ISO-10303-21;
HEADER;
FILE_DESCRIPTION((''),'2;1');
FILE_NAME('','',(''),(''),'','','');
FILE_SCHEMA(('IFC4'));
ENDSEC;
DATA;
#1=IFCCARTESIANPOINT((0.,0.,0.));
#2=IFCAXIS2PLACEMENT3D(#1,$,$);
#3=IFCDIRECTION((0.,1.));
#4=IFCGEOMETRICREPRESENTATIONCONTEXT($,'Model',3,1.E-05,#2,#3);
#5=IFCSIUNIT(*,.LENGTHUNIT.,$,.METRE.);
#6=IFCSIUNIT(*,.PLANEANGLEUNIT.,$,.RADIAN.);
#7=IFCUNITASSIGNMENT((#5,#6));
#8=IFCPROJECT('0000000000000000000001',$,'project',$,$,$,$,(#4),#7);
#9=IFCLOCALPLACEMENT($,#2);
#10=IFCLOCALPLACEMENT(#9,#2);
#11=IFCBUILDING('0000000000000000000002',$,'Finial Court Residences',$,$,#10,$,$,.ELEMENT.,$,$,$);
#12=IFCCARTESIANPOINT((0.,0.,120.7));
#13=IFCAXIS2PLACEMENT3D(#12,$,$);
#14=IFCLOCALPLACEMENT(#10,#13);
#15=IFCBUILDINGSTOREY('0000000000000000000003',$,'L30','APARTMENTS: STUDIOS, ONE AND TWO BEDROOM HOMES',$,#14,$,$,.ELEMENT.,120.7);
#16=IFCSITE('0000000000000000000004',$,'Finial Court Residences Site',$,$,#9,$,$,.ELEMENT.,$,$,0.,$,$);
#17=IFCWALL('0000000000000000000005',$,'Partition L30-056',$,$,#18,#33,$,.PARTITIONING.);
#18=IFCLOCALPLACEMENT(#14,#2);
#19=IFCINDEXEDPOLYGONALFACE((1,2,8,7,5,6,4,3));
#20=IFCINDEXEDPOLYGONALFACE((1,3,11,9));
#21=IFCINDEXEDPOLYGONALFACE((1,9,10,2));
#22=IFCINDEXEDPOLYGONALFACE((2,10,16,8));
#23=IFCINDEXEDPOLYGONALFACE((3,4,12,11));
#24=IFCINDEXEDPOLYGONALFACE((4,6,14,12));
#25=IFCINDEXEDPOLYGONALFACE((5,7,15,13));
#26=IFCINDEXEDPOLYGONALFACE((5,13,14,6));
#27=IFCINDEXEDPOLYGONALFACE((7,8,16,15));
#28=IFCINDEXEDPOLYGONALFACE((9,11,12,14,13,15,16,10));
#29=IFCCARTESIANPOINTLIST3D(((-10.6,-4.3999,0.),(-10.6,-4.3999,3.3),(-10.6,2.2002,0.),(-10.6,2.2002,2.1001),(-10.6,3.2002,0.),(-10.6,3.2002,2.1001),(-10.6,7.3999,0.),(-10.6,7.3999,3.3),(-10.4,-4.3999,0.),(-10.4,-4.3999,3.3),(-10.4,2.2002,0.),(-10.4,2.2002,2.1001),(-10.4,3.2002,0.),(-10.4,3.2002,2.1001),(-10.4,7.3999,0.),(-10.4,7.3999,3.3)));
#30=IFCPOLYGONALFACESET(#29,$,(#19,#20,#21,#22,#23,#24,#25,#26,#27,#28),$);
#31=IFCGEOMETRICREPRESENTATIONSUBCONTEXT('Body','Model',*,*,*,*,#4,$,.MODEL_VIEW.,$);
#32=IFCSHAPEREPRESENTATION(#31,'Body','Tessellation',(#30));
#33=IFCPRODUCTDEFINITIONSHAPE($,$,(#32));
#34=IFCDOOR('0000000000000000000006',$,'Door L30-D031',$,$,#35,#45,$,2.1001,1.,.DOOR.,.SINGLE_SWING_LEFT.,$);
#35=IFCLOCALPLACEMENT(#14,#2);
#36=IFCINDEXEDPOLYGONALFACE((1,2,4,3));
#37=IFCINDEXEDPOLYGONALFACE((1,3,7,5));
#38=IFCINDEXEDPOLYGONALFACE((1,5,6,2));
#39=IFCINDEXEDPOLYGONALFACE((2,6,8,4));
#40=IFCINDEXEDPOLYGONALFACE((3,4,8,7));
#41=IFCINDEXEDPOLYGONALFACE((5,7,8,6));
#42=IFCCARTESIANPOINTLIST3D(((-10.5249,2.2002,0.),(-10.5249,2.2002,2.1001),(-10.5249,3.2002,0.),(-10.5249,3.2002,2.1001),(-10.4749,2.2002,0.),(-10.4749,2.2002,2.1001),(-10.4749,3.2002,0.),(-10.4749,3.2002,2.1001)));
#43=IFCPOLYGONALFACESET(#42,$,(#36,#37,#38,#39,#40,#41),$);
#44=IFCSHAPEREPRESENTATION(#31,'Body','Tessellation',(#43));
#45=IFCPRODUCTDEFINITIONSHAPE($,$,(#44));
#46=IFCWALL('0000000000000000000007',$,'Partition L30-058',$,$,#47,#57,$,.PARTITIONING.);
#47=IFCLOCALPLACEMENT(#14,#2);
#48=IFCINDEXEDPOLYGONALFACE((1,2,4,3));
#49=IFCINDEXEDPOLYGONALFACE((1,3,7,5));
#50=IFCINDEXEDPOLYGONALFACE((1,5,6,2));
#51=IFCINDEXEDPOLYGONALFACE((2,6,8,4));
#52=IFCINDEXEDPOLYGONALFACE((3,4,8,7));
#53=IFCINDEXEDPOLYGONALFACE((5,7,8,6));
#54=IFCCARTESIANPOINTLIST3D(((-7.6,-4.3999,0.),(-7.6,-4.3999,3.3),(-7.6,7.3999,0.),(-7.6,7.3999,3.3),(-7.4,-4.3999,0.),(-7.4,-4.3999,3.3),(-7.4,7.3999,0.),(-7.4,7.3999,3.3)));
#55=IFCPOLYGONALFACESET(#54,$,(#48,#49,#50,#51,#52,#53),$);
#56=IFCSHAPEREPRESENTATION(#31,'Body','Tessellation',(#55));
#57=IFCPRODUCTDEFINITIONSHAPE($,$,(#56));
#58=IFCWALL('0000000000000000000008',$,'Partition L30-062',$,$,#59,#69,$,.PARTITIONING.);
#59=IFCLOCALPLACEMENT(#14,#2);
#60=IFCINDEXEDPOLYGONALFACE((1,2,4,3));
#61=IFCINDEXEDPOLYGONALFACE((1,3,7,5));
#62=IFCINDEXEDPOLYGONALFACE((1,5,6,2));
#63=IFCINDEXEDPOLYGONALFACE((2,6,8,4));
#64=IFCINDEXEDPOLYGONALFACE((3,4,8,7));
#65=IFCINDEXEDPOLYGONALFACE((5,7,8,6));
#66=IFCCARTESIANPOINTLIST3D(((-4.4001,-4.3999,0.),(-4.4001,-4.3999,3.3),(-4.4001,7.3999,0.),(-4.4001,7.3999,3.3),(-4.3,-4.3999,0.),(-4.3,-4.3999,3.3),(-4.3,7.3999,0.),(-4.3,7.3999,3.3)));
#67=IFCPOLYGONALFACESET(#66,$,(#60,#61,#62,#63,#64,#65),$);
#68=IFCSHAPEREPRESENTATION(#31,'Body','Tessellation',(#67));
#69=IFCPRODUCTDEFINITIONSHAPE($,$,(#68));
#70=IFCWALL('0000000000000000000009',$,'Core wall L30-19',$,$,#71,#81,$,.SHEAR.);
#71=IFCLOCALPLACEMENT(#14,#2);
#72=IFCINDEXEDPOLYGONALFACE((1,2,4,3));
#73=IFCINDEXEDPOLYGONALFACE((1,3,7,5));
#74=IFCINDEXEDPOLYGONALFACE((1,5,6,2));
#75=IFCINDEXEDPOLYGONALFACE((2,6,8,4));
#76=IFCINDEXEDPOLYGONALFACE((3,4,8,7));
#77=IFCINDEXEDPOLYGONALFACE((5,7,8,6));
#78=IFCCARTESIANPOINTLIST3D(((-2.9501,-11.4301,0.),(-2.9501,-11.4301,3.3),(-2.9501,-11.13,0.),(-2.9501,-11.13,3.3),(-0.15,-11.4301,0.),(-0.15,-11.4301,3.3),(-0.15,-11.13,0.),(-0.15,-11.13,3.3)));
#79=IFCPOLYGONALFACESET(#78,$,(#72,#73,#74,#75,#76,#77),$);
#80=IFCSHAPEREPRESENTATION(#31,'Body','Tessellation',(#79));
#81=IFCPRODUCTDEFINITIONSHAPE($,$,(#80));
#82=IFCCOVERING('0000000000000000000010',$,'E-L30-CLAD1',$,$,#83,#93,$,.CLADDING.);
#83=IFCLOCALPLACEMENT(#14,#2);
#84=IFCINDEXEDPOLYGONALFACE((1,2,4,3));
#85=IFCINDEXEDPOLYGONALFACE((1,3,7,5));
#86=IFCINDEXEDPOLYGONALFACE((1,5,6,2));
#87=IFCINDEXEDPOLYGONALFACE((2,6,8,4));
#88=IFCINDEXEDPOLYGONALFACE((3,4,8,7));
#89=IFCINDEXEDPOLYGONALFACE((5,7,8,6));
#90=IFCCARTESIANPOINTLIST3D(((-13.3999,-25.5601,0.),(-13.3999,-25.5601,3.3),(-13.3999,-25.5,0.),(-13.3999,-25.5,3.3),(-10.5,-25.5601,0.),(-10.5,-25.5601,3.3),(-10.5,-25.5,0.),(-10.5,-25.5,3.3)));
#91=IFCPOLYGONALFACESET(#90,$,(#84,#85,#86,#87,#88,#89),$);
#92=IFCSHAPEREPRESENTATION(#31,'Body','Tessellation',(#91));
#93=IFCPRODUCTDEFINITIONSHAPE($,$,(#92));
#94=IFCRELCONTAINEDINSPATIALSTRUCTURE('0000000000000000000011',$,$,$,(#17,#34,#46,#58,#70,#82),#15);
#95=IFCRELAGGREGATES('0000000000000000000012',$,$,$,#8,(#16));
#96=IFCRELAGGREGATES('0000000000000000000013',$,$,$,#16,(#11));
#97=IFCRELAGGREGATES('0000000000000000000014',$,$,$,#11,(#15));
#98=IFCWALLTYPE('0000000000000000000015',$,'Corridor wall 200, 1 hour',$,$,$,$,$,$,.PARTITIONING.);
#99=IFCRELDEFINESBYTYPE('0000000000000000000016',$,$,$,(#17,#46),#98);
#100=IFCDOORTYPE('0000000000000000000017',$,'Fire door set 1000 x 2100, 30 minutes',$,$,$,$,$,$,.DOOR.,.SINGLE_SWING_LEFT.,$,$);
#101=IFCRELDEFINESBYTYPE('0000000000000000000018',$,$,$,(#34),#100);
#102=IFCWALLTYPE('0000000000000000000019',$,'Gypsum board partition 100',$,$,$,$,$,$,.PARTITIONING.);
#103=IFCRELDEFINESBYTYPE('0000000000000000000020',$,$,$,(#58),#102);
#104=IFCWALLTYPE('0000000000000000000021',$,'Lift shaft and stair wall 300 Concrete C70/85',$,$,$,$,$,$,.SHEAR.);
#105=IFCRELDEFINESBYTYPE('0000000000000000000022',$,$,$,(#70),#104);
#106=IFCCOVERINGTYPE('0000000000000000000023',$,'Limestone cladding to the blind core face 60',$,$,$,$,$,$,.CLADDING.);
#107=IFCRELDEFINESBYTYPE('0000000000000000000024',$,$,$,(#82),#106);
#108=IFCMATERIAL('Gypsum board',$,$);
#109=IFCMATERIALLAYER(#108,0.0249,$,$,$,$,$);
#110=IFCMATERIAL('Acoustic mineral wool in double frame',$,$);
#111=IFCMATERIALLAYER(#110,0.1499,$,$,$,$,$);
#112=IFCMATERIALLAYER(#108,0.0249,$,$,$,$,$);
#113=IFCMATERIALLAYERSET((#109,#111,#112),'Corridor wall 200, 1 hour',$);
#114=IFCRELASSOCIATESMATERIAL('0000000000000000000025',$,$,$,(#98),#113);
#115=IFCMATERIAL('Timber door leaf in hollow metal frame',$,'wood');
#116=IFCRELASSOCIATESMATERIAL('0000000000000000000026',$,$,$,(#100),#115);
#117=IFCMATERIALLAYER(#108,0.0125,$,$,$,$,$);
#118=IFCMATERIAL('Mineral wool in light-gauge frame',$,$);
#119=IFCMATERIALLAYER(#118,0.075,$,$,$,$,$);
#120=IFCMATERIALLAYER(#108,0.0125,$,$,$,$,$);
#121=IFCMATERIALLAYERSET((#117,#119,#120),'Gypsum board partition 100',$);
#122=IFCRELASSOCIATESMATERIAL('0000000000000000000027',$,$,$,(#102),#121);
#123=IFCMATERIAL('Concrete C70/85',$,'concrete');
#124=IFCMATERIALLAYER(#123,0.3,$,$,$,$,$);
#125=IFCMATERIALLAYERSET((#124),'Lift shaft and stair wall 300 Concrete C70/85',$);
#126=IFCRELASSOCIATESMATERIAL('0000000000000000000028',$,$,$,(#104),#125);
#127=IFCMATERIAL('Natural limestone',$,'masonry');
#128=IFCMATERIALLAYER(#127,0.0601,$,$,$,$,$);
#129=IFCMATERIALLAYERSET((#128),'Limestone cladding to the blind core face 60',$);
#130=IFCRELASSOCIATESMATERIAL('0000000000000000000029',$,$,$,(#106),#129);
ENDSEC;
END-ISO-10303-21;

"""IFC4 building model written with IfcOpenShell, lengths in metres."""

from ifc_helpers import new_model, si_unit, direction, frame, frame_2d, origin, place, context, subcontext, project, spatial, polyline, rectangle, outline, extrude, material, layer, layer_set, type_object, element, fill, save


model = new_model("IFC4")

# Units and contexts
model_context = context("Model", 3, precision=1e-05, world=origin(), true_north=direction((0.0, 1.0)))
body_context = subcontext(model_context, "Body", "Model", "MODEL_VIEW")
ifc_project = project(units=[si_unit("LENGTHUNIT", "METRE"), si_unit("PLANEANGLEUNIT", "RADIAN")], contexts=[model_context])

# Site, building, storey
site_placement = place(None, origin())
site = spatial("IfcSite", under=ifc_project, at=site_placement, Name="Finial Court Residences Site", CompositionType="ELEMENT", RefElevation=0.0)
building_placement = place(site_placement, origin())
building = spatial("IfcBuilding", under=site, at=building_placement, Name="Finial Court Residences", CompositionType="ELEMENT")
storey_placement = place(building_placement, frame((0.0, 0.0, 120.7)))
storey = spatial("IfcBuildingStorey", under=building, at=storey_placement, Name="L30", Description="APARTMENTS: STUDIOS, ONE AND TWO BEDROOM HOMES", CompositionType="ELEMENT", Elevation=120.7)

# Shared definitions
ifc_material_1 = material(Name="Concrete C70/85", Category="concrete")

# Shared definitions
ifc_material_2 = material(Name="Gypsum board")
ifc_layer_1 = layer(ifc_material_2, 0.0249)
ifc_material_3 = material(Name="Acoustic mineral wool in double frame")
ifc_layer_2 = layer(ifc_material_3, 0.1499)
ifc_layer_3 = layer(ifc_material_2, 0.0249)
ifc_layer_set_1 = layer_set([ifc_layer_1, ifc_layer_2, ifc_layer_3], Name="Corridor wall 200, 1 hour")
wall_type_1 = type_object("IfcWallType", Name="Corridor wall 200, 1 hour", PredefinedType="PARTITIONING", material=ifc_layer_set_1)
ifc_material_4 = material(Name="Timber door leaf in hollow metal frame", Category="wood")

# Wall, opening, door
wall_1_placement = place(storey_placement, frame((-10.5, -4.3999, 0.0), z_axis=(0.0, 0.0, 1.0), x_axis=(0.0, 1.0, 0.0)))
wall_1 = element("IfcWall", 1, at=wall_1_placement, inside=storey, type_object=wall_type_1, Name="Partition L30-056", PredefinedType="PARTITIONING", context=body_context, shape_type="SweptSolid", body=[
    extrude(rectangle(XDim=11.7998, YDim=0.2, at=frame_2d((5.8999, 0.0))), origin(), (0.0, 0.0, 1.0), 3.3),
])
opening_1_placement = place(wall_1_placement, frame((6.6001, 0.0, 0.0)))
opening_1 = element("IfcOpeningElement", 2, at=opening_1_placement, cuts=wall_1, PredefinedType="OPENING", context=body_context, shape_type="SweptSolid", body=[
    extrude(rectangle(XDim=1.0, YDim=2.1001, at=frame_2d((0.5, 1.05))), frame((0.0, 0.1099, 0.0), z_axis=(0.0, -1.0, 0.0), x_axis=(1.0, 0.0, 0.0)), (0.0, 0.0, 1.0), 0.22),
])
door_type_1 = type_object("IfcDoorType", Name="Fire door set 1000 x 2100, 30 minutes", OperationType="SINGLE_SWING_LEFT", PredefinedType="DOOR", material=ifc_material_4)
door_1_placement = place(opening_1_placement, origin())
door_1 = element("IfcDoor", 3, at=door_1_placement, inside=storey, type_object=door_type_1, Name="Door L30-D031", OperationType="SINGLE_SWING_LEFT", OverallHeight=2.1001, OverallWidth=1.0, PredefinedType="DOOR", context=body_context, shape_type="SweptSolid", body=[
    extrude(rectangle(XDim=1.0, YDim=2.1001, at=frame_2d((0.5, 1.05))), frame((0.0, 0.0249, 0.0), z_axis=(0.0, -1.0, 0.0), x_axis=(1.0, 0.0, 0.0)), (0.0, 0.0, 1.0), 0.05),
])
fill(opening_1, door_1)

# Walls
wall_2_placement = place(storey_placement, frame((-7.5, -4.3999, 0.0), z_axis=(0.0, 0.0, 1.0), x_axis=(0.0, 1.0, 0.0)))
element("IfcWall", 4, at=wall_2_placement, inside=storey, type_object=wall_type_1, Name="Partition L30-058", PredefinedType="PARTITIONING", context=body_context, shape_type="SweptSolid", body=[
    extrude(rectangle(XDim=11.7998, YDim=0.2, at=frame_2d((5.8999, 0.0))), origin(), (0.0, 0.0, 1.0), 3.3),
])
ifc_layer_4 = layer(ifc_material_2, 0.0125)
ifc_material_5 = material(Name="Mineral wool in light-gauge frame")
ifc_layer_5 = layer(ifc_material_5, 0.075)
ifc_layer_6 = layer(ifc_material_2, 0.0125)
ifc_layer_set_2 = layer_set([ifc_layer_4, ifc_layer_5, ifc_layer_6], Name="Gypsum board partition 100")
wall_type_2 = type_object("IfcWallType", Name="Gypsum board partition 100", PredefinedType="PARTITIONING", material=ifc_layer_set_2)
wall_3_placement = place(storey_placement, frame((-4.3501, -4.3999, 0.0), z_axis=(0.0, 0.0, 1.0), x_axis=(0.0, 1.0, 0.0)))
element("IfcWall", 5, at=wall_3_placement, inside=storey, type_object=wall_type_2, Name="Partition L30-062", PredefinedType="PARTITIONING", context=body_context, shape_type="SweptSolid", body=[
    extrude(rectangle(XDim=11.7998, YDim=0.1001, at=frame_2d((5.8999, 0.0))), origin(), (0.0, 0.0, 1.0), 3.3),
])
ifc_layer_7 = layer(ifc_material_1, 0.3)
ifc_layer_set_3 = layer_set([ifc_layer_7], Name="Lift shaft and stair wall 300 Concrete C70/85")
wall_type_3 = type_object("IfcWallType", Name="Lift shaft and stair wall 300 Concrete C70/85", PredefinedType="SHEAR", material=ifc_layer_set_3)
wall_4_placement = place(storey_placement, frame((-2.95, -11.28, 0.0), z_axis=(0.0, 0.0, 1.0), x_axis=(1.0, 0.0, 0.0)))
element("IfcWall", 6, at=wall_4_placement, inside=storey, type_object=wall_type_3, Name="Core wall L30-19", PredefinedType="SHEAR", context=body_context, shape_type="SweptSolid", body=[
    extrude(rectangle(XDim=2.8, YDim=0.3, at=frame_2d((1.3999, 0.0))), origin(), (0.0, 0.0, 1.0), 3.3),
])

# Covering
ifc_material_6 = material(Name="Natural limestone", Category="masonry")
ifc_layer_8 = layer(ifc_material_6, 0.0601)
ifc_layer_set_4 = layer_set([ifc_layer_8], Name="Limestone cladding to the blind core face 60")
covering_type = type_object("IfcCoveringType", Name="Limestone cladding to the blind core face 60", PredefinedType="CLADDING", material=ifc_layer_set_4)
covering_placement = place(storey_placement, origin())
element("IfcCovering", 7, at=covering_placement, inside=storey, type_object=covering_type, Name="E-L30-CLAD1", PredefinedType="CLADDING", context=body_context, shape_type="SweptSolid", body=[
    extrude(outline(polyline([(-10.5, -25.5601), (-10.5, -25.5), (-13.3999, -25.5), (-13.3999, -25.5601), (-10.5, -25.5601)])), origin(), (0.0, 0.0, 1.0), 3.3),
])

save(model, "model.ifc")
